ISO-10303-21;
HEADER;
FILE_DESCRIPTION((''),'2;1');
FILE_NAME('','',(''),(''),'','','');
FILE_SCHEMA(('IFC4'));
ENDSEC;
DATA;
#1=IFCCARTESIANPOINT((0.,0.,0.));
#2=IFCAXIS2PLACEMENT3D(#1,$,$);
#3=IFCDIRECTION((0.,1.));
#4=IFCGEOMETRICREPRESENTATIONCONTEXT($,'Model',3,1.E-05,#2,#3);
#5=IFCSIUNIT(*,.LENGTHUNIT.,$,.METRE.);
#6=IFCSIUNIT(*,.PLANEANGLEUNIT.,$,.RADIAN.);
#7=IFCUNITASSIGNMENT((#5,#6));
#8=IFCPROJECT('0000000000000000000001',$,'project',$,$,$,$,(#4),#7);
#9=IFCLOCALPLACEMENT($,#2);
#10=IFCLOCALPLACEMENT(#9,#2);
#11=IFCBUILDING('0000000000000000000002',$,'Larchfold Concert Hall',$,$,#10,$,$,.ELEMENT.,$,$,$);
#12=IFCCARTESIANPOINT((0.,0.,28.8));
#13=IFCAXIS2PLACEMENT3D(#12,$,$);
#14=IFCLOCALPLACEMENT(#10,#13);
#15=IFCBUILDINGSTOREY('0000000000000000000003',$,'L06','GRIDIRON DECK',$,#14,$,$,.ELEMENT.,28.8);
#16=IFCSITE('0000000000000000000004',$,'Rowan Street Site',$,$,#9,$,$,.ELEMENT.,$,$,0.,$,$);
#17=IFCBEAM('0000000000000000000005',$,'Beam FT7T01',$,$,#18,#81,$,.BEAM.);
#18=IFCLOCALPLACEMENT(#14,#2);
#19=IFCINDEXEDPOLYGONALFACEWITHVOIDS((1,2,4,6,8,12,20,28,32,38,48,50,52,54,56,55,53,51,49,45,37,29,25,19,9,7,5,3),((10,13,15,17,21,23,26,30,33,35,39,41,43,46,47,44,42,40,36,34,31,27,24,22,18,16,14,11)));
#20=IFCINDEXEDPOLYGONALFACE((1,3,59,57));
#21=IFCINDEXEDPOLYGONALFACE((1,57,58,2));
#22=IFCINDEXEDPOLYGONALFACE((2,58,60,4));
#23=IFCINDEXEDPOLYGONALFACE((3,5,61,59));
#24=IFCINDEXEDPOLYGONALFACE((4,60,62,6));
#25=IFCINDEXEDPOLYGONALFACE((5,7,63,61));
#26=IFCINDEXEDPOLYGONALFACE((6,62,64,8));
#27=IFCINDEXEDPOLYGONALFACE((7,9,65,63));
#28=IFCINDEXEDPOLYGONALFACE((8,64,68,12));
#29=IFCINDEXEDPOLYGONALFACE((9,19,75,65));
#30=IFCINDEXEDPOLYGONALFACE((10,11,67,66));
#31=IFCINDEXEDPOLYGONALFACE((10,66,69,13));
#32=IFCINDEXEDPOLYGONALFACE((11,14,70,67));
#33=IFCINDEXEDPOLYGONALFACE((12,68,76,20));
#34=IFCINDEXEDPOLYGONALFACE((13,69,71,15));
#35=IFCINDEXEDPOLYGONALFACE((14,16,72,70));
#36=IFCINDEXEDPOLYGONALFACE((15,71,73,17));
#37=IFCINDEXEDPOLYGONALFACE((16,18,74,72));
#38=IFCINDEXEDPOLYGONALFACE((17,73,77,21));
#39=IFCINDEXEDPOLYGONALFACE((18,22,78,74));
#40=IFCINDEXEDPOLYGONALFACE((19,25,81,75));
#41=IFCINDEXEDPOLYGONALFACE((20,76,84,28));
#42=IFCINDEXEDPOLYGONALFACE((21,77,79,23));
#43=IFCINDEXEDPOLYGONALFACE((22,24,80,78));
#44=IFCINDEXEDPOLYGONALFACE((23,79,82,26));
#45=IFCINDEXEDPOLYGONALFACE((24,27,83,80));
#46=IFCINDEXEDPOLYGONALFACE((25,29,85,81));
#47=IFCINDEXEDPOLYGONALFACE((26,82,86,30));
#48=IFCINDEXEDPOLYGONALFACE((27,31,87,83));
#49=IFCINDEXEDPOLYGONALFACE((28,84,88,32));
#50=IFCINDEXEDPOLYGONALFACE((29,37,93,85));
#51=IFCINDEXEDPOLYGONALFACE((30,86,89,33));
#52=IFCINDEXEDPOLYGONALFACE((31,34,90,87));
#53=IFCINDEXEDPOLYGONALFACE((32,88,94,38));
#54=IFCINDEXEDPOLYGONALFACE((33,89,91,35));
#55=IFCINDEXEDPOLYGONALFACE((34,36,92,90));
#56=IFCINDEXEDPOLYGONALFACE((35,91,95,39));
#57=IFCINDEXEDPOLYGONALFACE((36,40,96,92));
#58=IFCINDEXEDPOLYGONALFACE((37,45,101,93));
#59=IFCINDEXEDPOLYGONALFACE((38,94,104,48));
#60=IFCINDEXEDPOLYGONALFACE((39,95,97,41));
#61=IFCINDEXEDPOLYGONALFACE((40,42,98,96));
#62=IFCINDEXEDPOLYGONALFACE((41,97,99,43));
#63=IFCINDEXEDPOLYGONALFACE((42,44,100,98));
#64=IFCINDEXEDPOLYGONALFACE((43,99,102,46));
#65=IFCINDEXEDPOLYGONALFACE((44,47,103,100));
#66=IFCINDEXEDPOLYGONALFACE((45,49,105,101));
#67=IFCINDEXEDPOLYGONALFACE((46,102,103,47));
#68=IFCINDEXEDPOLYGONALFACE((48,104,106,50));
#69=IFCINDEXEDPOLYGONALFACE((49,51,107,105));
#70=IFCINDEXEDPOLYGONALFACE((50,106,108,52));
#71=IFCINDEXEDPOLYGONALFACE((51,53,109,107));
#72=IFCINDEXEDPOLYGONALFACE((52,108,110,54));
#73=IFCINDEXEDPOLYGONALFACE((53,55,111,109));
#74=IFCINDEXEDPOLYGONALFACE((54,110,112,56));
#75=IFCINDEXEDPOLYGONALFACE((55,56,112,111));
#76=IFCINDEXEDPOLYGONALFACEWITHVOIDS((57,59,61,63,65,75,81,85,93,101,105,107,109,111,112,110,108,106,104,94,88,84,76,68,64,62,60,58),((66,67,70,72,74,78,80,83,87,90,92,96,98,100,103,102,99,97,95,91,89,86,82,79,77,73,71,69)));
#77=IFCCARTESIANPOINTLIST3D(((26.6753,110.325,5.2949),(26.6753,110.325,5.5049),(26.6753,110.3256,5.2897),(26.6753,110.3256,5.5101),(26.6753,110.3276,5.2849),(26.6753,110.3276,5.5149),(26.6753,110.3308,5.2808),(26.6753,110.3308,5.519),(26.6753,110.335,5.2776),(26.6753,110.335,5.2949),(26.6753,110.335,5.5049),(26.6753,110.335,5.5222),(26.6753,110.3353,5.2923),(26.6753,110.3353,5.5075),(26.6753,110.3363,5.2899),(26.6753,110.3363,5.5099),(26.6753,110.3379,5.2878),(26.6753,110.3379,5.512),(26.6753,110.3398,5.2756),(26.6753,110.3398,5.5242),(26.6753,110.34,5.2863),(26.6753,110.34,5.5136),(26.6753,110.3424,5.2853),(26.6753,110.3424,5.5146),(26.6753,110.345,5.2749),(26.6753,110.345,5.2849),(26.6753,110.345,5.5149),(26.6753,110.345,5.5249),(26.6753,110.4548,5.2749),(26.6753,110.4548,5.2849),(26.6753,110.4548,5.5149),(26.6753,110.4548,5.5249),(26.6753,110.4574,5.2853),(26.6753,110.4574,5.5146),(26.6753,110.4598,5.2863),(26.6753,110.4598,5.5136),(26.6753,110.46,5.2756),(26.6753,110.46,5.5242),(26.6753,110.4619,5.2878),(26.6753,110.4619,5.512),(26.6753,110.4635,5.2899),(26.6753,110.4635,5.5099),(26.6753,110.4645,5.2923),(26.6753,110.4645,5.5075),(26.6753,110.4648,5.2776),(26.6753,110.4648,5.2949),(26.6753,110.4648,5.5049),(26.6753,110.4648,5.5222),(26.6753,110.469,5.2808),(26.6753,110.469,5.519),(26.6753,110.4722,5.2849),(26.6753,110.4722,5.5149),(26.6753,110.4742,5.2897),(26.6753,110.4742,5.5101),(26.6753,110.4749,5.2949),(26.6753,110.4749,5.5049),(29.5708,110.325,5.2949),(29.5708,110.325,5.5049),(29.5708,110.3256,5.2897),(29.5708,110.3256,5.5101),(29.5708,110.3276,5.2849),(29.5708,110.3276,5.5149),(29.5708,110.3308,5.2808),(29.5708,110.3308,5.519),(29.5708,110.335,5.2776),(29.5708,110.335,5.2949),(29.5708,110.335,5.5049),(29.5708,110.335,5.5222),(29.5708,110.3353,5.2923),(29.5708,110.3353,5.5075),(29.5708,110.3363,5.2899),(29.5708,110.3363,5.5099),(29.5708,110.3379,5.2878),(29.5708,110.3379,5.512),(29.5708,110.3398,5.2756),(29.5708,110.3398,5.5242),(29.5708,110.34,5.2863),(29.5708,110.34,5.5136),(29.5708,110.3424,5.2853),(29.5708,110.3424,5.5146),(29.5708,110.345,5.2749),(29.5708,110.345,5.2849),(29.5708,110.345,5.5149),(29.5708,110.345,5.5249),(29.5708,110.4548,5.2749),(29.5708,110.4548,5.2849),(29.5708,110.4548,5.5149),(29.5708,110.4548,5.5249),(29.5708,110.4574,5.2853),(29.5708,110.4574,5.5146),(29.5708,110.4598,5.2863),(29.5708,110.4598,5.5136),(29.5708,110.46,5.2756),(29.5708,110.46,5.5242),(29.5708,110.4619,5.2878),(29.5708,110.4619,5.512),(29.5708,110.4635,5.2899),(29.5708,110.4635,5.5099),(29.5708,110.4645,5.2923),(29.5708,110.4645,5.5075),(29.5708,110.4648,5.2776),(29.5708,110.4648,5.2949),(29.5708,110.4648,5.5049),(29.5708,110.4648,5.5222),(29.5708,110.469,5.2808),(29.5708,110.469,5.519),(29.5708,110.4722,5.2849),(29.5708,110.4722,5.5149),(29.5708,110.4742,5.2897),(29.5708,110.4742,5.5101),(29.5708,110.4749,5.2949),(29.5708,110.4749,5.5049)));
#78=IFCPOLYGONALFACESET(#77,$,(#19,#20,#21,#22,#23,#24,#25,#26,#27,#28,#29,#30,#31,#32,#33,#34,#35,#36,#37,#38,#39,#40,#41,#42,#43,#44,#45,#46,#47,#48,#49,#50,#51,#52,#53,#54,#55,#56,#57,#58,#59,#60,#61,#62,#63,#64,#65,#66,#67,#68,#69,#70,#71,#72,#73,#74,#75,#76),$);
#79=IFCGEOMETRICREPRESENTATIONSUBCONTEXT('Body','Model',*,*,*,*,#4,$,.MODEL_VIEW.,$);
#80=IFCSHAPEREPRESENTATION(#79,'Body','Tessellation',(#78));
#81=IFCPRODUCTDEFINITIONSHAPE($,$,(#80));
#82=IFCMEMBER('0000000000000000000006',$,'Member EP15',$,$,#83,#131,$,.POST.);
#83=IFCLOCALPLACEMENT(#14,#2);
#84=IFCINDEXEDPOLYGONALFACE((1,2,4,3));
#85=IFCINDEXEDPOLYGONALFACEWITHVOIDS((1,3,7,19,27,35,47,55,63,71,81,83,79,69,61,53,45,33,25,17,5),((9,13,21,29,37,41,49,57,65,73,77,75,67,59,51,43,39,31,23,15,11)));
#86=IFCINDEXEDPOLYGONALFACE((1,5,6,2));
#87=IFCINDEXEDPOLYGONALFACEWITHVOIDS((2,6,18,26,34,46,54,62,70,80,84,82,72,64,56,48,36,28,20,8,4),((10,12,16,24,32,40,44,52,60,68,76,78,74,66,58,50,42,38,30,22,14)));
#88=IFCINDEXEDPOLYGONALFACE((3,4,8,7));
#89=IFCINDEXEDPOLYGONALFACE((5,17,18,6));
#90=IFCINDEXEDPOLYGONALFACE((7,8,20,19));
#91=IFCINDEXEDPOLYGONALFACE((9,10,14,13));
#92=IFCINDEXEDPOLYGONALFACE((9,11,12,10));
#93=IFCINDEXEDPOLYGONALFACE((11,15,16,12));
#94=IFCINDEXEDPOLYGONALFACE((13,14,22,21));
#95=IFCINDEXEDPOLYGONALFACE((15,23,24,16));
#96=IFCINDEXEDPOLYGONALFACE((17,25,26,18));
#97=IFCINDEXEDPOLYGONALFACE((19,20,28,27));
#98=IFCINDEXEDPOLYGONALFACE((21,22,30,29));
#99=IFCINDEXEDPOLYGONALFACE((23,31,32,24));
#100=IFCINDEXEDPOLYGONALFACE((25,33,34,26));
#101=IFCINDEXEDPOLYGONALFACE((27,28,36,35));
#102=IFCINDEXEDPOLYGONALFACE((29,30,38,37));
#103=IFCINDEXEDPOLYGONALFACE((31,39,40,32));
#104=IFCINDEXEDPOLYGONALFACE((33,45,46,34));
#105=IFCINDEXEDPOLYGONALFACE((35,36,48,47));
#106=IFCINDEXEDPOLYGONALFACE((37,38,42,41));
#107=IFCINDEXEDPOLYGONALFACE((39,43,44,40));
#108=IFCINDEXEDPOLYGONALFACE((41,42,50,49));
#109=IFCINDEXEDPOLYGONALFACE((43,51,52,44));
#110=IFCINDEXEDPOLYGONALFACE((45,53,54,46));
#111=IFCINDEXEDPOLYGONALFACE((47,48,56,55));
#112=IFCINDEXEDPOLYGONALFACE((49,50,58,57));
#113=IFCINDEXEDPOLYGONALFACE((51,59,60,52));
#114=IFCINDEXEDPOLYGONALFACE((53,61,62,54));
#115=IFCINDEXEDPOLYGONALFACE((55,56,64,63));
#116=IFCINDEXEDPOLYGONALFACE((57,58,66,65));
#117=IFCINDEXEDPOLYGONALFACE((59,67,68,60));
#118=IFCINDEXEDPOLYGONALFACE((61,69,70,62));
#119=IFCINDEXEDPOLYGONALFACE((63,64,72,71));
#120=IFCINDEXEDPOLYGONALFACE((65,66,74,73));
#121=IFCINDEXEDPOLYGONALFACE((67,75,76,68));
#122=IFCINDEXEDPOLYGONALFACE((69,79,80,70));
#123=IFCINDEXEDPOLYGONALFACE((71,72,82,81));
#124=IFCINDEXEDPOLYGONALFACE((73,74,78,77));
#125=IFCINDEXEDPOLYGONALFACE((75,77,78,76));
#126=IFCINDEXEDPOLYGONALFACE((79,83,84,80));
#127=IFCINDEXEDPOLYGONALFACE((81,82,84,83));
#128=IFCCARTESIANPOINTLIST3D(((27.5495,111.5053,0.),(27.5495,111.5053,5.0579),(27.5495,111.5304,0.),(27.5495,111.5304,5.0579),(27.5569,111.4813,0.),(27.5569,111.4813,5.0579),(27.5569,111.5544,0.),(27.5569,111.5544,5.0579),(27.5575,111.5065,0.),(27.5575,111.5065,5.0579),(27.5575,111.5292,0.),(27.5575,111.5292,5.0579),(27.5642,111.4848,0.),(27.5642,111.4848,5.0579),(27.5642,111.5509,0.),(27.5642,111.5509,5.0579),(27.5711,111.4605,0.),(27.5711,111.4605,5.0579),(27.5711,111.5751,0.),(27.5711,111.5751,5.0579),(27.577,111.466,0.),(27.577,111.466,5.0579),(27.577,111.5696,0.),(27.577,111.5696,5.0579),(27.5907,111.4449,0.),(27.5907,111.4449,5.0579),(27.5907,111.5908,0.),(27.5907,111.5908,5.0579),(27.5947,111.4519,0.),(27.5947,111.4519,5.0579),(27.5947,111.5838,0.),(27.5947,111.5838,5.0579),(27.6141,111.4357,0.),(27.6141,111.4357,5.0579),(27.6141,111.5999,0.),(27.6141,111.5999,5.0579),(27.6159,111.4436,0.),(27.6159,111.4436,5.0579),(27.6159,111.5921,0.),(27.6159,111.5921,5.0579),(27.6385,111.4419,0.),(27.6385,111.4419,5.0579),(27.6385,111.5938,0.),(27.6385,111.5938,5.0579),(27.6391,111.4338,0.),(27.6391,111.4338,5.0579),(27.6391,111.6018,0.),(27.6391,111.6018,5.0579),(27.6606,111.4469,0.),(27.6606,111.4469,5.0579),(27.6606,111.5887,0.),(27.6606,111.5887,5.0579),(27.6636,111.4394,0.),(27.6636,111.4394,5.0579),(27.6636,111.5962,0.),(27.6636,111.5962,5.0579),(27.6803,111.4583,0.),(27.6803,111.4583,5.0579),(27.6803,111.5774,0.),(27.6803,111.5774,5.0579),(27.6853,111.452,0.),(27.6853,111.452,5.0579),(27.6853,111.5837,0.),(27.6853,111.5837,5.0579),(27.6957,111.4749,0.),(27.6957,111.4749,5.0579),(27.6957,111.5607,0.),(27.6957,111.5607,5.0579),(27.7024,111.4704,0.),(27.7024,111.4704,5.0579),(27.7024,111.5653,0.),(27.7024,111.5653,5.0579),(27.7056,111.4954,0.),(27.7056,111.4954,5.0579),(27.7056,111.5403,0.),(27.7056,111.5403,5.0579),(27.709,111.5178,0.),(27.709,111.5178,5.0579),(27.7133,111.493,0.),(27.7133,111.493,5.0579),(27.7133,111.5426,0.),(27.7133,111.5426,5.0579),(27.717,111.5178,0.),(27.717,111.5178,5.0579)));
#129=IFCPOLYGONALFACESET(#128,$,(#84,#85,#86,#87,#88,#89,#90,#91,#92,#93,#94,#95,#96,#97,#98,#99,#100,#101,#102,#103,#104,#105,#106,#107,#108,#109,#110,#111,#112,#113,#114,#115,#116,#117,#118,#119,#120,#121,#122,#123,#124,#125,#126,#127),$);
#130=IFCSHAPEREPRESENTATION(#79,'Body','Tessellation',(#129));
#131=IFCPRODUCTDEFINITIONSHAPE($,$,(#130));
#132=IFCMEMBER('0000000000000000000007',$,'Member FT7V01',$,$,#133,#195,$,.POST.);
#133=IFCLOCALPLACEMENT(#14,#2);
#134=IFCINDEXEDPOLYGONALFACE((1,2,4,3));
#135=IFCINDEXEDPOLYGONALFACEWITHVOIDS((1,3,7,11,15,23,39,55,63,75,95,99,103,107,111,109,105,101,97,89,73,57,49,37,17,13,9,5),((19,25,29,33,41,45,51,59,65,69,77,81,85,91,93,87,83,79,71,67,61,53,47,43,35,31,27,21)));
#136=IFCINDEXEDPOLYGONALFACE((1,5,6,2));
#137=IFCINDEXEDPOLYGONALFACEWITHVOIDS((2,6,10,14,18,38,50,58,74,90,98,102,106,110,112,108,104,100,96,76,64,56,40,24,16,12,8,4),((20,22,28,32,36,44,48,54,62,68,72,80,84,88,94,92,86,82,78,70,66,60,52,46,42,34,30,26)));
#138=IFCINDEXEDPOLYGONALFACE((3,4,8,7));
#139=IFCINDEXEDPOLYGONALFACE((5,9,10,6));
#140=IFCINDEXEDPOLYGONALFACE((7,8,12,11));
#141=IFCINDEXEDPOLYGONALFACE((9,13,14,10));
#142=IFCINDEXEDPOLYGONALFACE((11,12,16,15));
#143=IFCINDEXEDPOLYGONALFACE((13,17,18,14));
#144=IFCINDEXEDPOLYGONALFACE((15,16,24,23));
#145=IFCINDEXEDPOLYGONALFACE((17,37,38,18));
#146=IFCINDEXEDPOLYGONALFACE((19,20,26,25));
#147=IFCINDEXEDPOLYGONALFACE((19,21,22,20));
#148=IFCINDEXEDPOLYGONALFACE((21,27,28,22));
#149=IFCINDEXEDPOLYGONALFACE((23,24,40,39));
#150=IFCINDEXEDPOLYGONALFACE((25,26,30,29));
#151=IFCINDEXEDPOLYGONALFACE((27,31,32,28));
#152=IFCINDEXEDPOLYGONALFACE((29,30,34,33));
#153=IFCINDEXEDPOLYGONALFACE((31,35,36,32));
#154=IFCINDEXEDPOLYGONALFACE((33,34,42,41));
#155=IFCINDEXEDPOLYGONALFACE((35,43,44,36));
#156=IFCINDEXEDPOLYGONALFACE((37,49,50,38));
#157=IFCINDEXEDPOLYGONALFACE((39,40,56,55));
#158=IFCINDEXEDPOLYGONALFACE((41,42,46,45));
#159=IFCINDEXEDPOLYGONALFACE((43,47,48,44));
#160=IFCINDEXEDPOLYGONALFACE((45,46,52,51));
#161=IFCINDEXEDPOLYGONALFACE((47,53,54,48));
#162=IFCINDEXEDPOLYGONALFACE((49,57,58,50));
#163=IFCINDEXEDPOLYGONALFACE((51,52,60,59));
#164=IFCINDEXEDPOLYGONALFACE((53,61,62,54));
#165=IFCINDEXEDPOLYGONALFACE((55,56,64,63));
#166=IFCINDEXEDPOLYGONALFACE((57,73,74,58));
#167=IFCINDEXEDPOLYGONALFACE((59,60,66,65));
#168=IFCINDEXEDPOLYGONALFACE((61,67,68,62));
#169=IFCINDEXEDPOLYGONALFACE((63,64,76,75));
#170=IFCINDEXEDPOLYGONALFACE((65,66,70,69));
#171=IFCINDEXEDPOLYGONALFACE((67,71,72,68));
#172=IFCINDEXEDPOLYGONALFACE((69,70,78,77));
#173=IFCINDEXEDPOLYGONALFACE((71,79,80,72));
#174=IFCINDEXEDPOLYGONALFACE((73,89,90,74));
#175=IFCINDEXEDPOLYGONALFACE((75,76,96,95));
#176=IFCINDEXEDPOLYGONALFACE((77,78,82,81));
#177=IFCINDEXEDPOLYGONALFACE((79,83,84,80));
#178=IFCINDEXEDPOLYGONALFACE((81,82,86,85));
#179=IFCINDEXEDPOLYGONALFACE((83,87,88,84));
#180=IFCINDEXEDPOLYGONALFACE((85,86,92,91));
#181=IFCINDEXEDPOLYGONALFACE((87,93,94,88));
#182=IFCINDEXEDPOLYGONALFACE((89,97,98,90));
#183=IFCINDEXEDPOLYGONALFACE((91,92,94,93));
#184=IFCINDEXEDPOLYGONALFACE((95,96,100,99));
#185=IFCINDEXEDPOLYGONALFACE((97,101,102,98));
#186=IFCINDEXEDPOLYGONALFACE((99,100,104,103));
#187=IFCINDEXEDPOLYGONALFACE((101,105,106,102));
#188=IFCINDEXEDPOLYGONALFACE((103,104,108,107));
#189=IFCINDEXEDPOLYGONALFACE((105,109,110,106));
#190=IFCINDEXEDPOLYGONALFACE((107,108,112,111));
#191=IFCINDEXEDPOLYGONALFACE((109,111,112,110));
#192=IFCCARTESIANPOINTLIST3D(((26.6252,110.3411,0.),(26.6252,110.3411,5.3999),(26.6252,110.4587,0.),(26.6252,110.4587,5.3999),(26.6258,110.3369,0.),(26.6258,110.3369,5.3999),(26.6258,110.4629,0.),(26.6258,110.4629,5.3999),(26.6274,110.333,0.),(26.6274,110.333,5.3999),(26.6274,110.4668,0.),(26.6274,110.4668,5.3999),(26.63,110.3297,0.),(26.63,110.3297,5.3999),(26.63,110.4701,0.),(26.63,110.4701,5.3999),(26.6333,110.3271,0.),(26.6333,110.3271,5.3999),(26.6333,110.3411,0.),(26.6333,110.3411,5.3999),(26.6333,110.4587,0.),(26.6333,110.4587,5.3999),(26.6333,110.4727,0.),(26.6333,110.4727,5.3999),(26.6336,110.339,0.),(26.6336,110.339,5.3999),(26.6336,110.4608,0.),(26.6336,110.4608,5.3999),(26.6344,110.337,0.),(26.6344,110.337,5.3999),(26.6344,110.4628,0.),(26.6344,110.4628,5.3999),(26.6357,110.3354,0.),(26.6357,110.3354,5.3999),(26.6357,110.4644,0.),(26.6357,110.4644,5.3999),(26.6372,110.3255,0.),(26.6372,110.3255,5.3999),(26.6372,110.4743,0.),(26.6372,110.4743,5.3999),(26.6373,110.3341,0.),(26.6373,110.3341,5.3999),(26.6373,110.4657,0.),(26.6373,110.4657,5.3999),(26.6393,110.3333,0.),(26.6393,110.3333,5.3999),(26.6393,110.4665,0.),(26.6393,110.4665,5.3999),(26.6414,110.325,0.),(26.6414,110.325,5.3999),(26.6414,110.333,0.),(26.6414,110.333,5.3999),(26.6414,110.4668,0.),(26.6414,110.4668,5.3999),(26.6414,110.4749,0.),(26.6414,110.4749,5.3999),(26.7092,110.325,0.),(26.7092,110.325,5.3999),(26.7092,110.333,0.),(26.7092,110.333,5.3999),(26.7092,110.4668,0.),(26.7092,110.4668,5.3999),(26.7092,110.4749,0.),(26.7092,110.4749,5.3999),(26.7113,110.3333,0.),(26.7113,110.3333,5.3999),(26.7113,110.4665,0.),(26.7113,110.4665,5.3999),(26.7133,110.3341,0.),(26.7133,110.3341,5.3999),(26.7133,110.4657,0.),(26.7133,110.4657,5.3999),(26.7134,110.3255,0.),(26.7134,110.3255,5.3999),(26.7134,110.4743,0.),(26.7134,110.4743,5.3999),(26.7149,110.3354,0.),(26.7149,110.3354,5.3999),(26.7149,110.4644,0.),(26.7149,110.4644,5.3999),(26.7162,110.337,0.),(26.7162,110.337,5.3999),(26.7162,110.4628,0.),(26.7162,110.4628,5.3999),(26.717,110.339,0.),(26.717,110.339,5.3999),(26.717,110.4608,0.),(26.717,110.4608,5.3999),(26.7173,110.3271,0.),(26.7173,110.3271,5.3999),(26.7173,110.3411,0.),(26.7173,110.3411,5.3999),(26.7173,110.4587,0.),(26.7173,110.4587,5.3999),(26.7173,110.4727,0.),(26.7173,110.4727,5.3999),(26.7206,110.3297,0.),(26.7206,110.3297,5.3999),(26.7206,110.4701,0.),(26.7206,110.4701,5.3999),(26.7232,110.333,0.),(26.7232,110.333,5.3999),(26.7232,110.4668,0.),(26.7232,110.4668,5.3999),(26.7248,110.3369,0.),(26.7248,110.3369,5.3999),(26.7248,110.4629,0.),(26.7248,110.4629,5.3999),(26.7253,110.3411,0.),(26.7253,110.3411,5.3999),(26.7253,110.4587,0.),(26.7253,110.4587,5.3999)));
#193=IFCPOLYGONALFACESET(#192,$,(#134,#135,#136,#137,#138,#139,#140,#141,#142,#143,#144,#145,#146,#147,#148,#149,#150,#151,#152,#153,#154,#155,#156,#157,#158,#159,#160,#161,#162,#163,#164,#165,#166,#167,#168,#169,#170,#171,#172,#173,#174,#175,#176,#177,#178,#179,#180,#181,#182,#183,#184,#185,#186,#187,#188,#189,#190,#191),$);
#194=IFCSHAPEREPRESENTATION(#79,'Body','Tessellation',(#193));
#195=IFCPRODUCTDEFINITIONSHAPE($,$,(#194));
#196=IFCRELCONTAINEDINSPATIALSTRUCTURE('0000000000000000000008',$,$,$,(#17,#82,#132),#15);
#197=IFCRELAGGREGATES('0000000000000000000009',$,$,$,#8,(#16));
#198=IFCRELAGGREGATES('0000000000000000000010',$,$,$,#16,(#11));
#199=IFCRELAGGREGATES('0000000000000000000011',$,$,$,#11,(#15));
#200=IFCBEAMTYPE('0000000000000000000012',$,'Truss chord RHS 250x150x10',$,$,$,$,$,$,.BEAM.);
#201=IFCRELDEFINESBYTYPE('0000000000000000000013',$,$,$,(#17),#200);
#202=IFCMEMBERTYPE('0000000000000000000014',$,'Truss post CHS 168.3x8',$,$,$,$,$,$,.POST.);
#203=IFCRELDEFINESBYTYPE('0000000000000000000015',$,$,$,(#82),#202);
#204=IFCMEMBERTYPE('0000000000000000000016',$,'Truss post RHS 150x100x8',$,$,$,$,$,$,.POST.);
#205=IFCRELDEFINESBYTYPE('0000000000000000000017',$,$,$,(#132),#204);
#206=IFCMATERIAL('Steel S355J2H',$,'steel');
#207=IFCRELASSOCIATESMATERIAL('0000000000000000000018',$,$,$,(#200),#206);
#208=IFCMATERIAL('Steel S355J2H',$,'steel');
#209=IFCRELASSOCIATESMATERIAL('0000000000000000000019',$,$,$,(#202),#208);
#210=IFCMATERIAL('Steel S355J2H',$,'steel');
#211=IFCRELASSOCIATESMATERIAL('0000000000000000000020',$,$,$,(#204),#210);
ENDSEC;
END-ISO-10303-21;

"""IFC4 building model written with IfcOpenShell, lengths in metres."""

from ifc_helpers import new_model, si_unit, direction, frame, origin, origin_2d, place, context, subcontext, project, spatial, hollow_rectangle, hollow_circle, extrude, material, material_profile, profile_set, type_object, element, save


model = new_model("IFC4")

# Units and contexts
model_context = context("Model", 3, precision=1e-05, world=origin(), true_north=direction((0.0, 1.0)))
body_context = subcontext(model_context, "Body", "Model", "MODEL_VIEW")
ifc_project = project(units=[si_unit("LENGTHUNIT", "METRE"), si_unit("PLANEANGLEUNIT", "RADIAN")], contexts=[model_context])

# Site, building, storey
site_placement = place(None, origin())
site = spatial("IfcSite", under=ifc_project, at=site_placement, Name="Rowan Street Site", CompositionType="ELEMENT", RefElevation=0.0)
building_placement = place(site_placement, origin())
building = spatial("IfcBuilding", under=site, at=building_placement, Name="Larchfold Concert Hall", CompositionType="ELEMENT")
storey_placement = place(building_placement, frame((0.0, 0.0, 28.8)))
storey = spatial("IfcBuildingStorey", under=building, at=storey_placement, Name="L06", Description="GRIDIRON DECK", CompositionType="ELEMENT", Elevation=28.8)

# Beam
ifc_material_1 = material(Name="Steel S355J2H", Category="steel")
ifc_material_profile_1 = material_profile(ifc_material_1, hollow_rectangle(XDim=0.1499, YDim=0.25, WallThickness=0.01, InnerFilletRadius=0.01, OuterFilletRadius=0.02, at=origin_2d()))
ifc_profile_set_1 = profile_set([ifc_material_profile_1], Name="Steel S355J2H")
beam_type_1 = type_object("IfcBeamType", Name="Truss chord RHS 250x150x10", PredefinedType="BEAM", material=ifc_profile_set_1)
beam_1_placement = place(storey_placement, frame((26.6753, 110.3999, 5.3999), z_axis=(1.0, 0.0, 0.0), x_axis=(0.0, 1.0, 0.0)))
element("IfcBeam", 1, at=beam_1_placement, inside=storey, type_object=beam_type_1, Name="Beam FT7T01", PredefinedType="BEAM", context=body_context, shape_type="SweptSolid", body=[
    extrude(hollow_rectangle(XDim=0.1499, YDim=0.25, WallThickness=0.01, InnerFilletRadius=0.01, OuterFilletRadius=0.02, at=origin_2d()), origin(), (0.0, 0.0, 1.0), 2.8955),
])

# Members
ifc_material_2 = material(Name="Steel S355J2H", Category="steel")
ifc_material_profile_2 = material_profile(ifc_material_2, hollow_circle(Radius=0.0842, WallThickness=0.0081, at=origin_2d()))
ifc_profile_set_2 = profile_set([ifc_material_profile_2], Name="Steel S355J2H")
member_type_1 = type_object("IfcMemberType", Name="Truss post CHS 168.3x8", PredefinedType="POST", material=ifc_profile_set_2)
member_1_placement = place(storey_placement, frame((27.6328, 111.5178, 0.0), z_axis=(0.0, 0.0, 1.0), x_axis=(1.0, 0.0, 0.0)))
element("IfcMember", 2, at=member_1_placement, inside=storey, type_object=member_type_1, Name="Member EP15", PredefinedType="POST", context=body_context, shape_type="SweptSolid", body=[
    extrude(hollow_circle(Radius=0.0842, WallThickness=0.0081, at=origin_2d()), origin(), (0.0, 0.0, 1.0), 5.0579),
])
ifc_material_3 = material(Name="Steel S355J2H", Category="steel")
ifc_material_profile_3 = material_profile(ifc_material_3, hollow_rectangle(XDim=0.1001, YDim=0.1499, WallThickness=0.0081, InnerFilletRadius=0.0081, OuterFilletRadius=0.0161, at=origin_2d()))
ifc_profile_set_3 = profile_set([ifc_material_profile_3], Name="Steel S355J2H")
member_type_2 = type_object("IfcMemberType", Name="Truss post RHS 150x100x8", PredefinedType="POST", material=ifc_profile_set_3)
member_2_placement = place(storey_placement, frame((26.6753, 110.3999, 5.3999), z_axis=(0.0, 0.0, -1.0), x_axis=(1.0, 0.0, 0.0)))
element("IfcMember", 3, at=member_2_placement, inside=storey, type_object=member_type_2, Name="Member FT7V01", PredefinedType="POST", context=body_context, shape_type="SweptSolid", body=[
    extrude(hollow_rectangle(XDim=0.1001, YDim=0.1499, WallThickness=0.0081, InnerFilletRadius=0.0081, OuterFilletRadius=0.0161, at=origin_2d()), origin(), (0.0, 0.0, 1.0), 5.3999),
])

save(model, "model.ifc")
